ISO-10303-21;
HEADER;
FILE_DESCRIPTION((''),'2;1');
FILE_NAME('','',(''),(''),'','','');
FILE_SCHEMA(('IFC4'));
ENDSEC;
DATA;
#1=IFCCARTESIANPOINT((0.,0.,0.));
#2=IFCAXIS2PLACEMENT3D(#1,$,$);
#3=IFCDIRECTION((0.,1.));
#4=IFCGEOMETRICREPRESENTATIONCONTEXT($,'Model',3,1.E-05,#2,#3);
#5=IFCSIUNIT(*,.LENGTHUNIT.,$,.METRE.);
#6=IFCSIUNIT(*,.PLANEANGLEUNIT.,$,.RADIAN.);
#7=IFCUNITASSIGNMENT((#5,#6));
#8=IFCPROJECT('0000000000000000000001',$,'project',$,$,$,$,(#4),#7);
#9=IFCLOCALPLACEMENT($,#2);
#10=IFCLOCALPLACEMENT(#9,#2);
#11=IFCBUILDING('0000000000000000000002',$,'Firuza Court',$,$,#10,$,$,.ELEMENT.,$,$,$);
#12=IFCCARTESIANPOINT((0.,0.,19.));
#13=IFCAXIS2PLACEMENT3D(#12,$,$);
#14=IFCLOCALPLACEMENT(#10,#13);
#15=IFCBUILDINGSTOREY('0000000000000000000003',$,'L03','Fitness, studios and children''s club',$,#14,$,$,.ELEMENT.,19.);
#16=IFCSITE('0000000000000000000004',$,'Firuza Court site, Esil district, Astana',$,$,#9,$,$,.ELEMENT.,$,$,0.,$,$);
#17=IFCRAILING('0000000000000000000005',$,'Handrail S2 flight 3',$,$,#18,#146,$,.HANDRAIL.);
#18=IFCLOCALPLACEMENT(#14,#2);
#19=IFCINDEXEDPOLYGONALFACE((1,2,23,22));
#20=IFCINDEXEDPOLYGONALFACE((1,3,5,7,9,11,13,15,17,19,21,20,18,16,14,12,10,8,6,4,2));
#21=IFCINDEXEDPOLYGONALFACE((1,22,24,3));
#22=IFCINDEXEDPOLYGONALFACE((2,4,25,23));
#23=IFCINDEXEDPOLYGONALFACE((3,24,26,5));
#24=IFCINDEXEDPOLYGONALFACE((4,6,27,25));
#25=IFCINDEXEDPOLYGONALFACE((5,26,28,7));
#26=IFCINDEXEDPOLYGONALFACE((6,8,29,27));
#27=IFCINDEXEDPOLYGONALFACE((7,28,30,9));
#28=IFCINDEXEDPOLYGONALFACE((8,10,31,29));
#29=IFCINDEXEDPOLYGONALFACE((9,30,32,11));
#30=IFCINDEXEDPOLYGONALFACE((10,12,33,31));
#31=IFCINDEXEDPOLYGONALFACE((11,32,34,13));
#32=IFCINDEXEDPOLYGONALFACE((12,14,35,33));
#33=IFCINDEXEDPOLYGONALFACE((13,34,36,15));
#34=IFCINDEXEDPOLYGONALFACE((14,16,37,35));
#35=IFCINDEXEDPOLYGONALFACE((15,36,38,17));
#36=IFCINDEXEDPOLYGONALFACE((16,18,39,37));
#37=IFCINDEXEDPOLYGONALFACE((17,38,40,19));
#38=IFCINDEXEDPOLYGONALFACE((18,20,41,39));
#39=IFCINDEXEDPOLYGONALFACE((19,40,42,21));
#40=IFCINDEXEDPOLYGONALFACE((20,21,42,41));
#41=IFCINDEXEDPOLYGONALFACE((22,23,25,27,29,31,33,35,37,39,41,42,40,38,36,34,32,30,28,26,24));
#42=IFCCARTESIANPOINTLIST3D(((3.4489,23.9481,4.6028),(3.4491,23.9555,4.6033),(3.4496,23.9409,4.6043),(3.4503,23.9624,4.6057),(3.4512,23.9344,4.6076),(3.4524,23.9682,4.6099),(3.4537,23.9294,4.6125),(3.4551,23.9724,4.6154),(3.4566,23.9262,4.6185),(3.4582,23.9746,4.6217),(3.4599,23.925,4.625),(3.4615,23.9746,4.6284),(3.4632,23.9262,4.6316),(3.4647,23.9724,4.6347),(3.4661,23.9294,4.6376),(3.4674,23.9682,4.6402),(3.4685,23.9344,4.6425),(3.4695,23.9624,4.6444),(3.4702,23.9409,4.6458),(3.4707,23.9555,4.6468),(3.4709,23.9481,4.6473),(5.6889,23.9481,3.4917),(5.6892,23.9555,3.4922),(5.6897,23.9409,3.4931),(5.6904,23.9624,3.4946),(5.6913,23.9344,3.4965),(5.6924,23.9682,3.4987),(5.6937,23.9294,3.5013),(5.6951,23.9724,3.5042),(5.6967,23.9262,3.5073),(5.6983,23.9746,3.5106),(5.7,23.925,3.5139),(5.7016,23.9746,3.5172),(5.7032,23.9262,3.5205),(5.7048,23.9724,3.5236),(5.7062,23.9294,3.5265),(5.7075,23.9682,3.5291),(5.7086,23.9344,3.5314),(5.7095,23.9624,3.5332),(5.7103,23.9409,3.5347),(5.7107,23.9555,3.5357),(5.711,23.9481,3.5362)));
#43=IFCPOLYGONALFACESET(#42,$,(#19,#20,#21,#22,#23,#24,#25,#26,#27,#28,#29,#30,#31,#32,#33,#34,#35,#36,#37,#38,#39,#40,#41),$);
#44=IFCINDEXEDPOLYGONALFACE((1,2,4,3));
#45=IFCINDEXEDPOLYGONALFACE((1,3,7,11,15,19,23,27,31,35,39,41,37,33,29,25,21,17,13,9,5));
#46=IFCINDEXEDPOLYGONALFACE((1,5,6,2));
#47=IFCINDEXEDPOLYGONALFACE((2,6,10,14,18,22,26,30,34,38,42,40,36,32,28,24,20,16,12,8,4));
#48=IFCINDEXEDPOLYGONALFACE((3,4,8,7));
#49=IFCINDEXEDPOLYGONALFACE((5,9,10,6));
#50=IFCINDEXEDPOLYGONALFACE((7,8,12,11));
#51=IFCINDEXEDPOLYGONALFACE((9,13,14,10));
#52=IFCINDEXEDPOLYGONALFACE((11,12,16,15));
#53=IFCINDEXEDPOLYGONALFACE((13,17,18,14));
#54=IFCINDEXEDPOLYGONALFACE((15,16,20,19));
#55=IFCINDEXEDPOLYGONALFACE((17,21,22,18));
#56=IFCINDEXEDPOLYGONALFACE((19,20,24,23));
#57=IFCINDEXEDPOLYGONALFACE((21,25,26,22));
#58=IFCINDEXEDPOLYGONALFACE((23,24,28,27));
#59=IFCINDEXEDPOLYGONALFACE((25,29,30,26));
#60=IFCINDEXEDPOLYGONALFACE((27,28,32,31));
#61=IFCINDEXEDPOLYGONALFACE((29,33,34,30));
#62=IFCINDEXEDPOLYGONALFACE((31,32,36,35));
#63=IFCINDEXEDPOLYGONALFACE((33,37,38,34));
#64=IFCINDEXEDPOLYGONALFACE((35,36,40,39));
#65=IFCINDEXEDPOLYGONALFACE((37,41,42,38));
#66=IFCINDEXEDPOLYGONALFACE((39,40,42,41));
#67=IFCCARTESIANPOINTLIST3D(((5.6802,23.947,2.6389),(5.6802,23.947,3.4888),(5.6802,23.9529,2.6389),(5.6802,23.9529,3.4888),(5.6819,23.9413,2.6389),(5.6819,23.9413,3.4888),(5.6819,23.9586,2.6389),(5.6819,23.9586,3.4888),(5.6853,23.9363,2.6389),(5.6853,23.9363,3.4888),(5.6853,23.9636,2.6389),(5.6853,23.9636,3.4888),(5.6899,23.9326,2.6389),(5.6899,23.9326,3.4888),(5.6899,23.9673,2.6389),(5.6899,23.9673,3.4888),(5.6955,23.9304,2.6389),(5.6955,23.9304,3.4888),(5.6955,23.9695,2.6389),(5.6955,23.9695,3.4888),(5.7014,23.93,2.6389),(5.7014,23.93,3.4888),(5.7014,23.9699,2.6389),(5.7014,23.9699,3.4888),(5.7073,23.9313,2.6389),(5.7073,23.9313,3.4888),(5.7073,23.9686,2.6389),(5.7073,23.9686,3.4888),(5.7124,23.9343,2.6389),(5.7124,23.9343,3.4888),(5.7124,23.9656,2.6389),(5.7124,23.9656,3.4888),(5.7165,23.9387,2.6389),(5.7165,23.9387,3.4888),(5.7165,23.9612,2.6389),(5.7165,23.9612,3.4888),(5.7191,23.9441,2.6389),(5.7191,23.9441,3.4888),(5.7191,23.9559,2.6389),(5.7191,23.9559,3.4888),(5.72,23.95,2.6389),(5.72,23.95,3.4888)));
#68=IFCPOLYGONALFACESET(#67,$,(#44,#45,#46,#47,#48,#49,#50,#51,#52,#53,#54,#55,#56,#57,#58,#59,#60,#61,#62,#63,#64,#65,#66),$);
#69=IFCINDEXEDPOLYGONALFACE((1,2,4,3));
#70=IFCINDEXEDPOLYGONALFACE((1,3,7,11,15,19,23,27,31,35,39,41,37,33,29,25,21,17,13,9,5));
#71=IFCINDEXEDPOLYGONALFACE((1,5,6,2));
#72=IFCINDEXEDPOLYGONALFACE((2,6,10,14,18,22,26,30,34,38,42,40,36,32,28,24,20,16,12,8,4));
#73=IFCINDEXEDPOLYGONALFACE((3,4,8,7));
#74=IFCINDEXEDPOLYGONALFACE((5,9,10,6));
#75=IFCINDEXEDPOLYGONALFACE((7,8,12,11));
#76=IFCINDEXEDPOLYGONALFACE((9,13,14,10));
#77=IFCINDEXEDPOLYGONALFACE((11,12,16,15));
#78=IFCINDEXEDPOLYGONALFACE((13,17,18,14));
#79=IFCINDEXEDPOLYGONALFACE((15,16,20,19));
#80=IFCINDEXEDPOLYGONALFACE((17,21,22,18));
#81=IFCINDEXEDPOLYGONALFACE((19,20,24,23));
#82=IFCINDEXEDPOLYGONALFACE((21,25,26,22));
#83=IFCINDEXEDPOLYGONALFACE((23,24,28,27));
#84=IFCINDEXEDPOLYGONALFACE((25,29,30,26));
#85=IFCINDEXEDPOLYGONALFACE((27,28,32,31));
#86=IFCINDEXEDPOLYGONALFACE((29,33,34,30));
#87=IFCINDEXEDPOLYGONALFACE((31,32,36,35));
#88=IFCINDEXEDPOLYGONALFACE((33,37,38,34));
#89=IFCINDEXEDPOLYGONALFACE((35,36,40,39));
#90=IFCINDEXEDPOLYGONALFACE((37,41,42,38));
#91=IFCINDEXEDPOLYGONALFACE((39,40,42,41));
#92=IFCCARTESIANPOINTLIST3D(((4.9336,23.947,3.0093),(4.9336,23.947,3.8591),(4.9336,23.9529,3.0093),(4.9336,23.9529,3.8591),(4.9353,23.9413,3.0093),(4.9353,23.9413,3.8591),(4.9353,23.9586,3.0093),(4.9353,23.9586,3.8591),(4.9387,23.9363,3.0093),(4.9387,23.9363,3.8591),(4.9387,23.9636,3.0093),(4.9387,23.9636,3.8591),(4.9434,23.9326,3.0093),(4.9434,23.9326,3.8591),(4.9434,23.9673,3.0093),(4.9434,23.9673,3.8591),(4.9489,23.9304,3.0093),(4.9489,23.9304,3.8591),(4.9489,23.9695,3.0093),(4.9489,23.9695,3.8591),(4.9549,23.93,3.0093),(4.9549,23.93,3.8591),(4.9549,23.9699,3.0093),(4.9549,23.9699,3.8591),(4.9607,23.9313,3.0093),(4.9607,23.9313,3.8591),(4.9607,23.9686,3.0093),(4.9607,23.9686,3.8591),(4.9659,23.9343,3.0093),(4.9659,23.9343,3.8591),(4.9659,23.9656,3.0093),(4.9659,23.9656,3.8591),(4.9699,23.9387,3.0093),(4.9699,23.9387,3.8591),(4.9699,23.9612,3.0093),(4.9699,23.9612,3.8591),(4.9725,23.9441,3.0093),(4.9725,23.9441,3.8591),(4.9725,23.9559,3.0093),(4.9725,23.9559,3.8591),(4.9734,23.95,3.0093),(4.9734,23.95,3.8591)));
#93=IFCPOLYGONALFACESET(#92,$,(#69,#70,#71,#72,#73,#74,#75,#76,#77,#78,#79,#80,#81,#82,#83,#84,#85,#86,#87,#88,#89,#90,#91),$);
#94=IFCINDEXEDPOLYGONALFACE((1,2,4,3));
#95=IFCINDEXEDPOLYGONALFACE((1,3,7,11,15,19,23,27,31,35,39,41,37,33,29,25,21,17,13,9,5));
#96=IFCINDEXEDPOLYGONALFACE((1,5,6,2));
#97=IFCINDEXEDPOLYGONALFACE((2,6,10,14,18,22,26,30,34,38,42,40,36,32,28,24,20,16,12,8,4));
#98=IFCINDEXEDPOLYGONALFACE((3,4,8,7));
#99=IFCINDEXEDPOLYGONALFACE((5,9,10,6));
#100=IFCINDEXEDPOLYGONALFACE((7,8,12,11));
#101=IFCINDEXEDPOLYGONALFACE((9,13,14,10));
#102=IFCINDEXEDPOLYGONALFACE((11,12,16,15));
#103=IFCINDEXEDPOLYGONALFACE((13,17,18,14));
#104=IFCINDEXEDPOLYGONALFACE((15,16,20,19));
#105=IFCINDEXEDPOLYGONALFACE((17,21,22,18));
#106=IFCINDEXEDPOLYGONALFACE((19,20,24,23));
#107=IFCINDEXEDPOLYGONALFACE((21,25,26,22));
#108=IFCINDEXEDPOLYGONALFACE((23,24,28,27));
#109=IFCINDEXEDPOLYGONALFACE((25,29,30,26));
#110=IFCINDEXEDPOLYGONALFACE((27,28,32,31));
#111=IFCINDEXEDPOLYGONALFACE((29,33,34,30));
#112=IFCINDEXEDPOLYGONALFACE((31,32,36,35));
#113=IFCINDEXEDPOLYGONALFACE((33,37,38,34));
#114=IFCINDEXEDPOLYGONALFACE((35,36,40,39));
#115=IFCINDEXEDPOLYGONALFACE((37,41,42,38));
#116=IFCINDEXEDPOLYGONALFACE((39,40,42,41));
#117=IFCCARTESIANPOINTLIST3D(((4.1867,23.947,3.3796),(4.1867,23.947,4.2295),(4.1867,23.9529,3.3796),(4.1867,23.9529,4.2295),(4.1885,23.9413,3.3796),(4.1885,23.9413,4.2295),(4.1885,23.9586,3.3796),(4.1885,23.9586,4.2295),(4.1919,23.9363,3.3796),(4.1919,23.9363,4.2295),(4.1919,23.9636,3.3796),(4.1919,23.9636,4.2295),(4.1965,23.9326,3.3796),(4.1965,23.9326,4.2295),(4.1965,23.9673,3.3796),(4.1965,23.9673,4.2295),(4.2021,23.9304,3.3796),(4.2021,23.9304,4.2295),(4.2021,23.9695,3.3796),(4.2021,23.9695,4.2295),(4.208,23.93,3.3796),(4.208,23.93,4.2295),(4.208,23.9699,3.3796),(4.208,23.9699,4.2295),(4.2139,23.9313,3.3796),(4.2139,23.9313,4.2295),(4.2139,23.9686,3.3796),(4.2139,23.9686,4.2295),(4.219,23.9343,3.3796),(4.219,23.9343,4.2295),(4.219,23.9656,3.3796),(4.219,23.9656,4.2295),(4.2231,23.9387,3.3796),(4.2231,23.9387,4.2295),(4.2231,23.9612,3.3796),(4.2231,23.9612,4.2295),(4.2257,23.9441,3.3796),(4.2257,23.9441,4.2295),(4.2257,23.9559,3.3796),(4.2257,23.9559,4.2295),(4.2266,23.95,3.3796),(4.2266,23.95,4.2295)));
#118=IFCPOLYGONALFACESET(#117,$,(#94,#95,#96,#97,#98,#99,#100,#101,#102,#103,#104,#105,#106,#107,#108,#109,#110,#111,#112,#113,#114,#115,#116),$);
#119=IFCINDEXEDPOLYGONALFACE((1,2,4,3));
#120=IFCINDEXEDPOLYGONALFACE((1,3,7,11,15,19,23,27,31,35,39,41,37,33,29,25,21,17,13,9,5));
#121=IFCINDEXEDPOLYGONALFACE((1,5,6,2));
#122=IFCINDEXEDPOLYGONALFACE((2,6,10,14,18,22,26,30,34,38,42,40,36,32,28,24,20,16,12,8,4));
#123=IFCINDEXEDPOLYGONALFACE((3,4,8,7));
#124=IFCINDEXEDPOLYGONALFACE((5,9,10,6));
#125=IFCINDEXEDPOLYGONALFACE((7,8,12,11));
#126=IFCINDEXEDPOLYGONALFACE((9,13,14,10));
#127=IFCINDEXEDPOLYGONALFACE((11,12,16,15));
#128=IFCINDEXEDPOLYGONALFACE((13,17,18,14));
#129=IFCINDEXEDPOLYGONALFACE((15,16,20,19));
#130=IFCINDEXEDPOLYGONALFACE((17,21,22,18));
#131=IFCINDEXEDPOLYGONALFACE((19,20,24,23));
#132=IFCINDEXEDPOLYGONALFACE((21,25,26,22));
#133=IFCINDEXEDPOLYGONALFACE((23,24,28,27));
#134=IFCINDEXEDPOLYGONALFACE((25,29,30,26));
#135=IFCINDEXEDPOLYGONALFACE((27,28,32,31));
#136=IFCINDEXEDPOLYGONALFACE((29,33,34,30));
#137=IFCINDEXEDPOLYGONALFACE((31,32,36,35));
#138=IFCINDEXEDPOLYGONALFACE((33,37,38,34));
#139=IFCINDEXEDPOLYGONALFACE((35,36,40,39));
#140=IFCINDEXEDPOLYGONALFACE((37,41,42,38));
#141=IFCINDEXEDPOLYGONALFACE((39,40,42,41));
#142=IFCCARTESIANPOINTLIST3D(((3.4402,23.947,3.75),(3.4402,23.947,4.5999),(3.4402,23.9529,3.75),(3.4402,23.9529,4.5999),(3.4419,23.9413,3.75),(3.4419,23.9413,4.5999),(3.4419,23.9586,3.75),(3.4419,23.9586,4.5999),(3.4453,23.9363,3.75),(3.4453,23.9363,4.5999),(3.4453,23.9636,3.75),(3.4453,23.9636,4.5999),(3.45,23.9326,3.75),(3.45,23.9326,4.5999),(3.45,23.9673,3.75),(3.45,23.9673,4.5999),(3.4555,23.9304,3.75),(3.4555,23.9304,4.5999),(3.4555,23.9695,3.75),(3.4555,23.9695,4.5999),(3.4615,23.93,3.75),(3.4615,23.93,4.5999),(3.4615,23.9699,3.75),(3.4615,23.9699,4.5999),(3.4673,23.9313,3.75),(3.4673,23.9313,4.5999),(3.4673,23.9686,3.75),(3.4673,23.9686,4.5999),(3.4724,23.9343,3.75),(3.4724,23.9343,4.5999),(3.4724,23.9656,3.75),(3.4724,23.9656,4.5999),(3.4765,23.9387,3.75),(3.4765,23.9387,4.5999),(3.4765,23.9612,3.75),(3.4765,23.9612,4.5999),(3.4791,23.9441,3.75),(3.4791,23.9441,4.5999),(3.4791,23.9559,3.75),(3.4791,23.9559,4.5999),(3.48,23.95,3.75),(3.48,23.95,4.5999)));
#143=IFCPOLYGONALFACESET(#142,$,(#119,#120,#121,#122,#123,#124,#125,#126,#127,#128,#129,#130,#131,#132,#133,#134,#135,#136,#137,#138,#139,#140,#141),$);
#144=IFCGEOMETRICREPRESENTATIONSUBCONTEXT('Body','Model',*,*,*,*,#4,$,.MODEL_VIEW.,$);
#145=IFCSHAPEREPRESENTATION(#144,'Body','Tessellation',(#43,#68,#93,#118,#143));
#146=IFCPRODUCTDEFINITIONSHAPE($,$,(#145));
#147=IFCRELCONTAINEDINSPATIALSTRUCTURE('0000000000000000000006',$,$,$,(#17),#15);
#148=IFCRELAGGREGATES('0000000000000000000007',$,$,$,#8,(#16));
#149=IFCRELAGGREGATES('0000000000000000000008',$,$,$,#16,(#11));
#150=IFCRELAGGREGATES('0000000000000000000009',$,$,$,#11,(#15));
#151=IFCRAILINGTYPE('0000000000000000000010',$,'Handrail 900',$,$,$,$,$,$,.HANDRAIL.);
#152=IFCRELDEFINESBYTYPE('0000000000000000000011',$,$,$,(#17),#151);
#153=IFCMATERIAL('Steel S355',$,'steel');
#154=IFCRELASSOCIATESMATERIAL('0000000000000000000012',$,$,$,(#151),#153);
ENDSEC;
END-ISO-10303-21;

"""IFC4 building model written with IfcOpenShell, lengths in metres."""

from ifc_helpers import new_model, si_unit, direction, frame, origin, origin_2d, place, context, subcontext, project, spatial, circle, extrude, material, type_object, element, save


model = new_model("IFC4")

# Units and contexts
model_context = context("Model", 3, precision=1e-05, world=origin(), true_north=direction((0.0, 1.0)))
body_context = subcontext(model_context, "Body", "Model", "MODEL_VIEW")
ifc_project = project(units=[si_unit("LENGTHUNIT", "METRE"), si_unit("PLANEANGLEUNIT", "RADIAN")], contexts=[model_context])

# Site, building, storey
site_placement = place(None, origin())
site = spatial("IfcSite", under=ifc_project, at=site_placement, Name="Firuza Court site, Esil district, Astana", CompositionType="ELEMENT", RefElevation=0.0)
building_placement = place(site_placement, origin())
building = spatial("IfcBuilding", under=site, at=building_placement, Name="Firuza Court", CompositionType="ELEMENT")
storey_placement = place(building_placement, frame((0.0, 0.0, 19.0)))
storey = spatial("IfcBuildingStorey", under=building, at=storey_placement, Name="L03", Description="Fitness, studios and children's club", CompositionType="ELEMENT", Elevation=19.0)

# Railing
ifc_material_1 = material(Name="Steel S355", Category="steel")
railing_type_1 = type_object("IfcRailingType", Name="Handrail 900", PredefinedType="HANDRAIL", material=ifc_material_1)
railing_1_placement = place(storey_placement, frame((5.7, 23.95, 2.6389)))
element("IfcRailing", 1, at=railing_1_placement, inside=storey, type_object=railing_type_1, Name="Handrail S2 flight 3", PredefinedType="HANDRAIL", context=body_context, shape_type="SweptSolid", body=[
    extrude(circle(Radius=0.0249, at=origin_2d()), frame((0.0, 0.0, 0.875), z_axis=(-0.895848, 0.0, 0.44436), x_axis=(0.0, -1.0, 0.0)), (0.0, 0.0, 1.0), 2.5005),
    extrude(circle(Radius=0.02, at=origin_2d()), origin(), (0.0, 0.0, 1.0), 0.8499),
    extrude(circle(Radius=0.02, at=origin_2d()), frame((-0.7466, 0.0, 0.3704)), (0.0, 0.0, 1.0), 0.8499),
    extrude(circle(Radius=0.02, at=origin_2d()), frame((-1.4934, 0.0, 0.7407)), (0.0, 0.0, 1.0), 0.8499),
    extrude(circle(Radius=0.02, at=origin_2d()), frame((-2.24, 0.0, 1.1111)), (0.0, 0.0, 1.0), 0.8499),
])

save(model, "model.ifc")
